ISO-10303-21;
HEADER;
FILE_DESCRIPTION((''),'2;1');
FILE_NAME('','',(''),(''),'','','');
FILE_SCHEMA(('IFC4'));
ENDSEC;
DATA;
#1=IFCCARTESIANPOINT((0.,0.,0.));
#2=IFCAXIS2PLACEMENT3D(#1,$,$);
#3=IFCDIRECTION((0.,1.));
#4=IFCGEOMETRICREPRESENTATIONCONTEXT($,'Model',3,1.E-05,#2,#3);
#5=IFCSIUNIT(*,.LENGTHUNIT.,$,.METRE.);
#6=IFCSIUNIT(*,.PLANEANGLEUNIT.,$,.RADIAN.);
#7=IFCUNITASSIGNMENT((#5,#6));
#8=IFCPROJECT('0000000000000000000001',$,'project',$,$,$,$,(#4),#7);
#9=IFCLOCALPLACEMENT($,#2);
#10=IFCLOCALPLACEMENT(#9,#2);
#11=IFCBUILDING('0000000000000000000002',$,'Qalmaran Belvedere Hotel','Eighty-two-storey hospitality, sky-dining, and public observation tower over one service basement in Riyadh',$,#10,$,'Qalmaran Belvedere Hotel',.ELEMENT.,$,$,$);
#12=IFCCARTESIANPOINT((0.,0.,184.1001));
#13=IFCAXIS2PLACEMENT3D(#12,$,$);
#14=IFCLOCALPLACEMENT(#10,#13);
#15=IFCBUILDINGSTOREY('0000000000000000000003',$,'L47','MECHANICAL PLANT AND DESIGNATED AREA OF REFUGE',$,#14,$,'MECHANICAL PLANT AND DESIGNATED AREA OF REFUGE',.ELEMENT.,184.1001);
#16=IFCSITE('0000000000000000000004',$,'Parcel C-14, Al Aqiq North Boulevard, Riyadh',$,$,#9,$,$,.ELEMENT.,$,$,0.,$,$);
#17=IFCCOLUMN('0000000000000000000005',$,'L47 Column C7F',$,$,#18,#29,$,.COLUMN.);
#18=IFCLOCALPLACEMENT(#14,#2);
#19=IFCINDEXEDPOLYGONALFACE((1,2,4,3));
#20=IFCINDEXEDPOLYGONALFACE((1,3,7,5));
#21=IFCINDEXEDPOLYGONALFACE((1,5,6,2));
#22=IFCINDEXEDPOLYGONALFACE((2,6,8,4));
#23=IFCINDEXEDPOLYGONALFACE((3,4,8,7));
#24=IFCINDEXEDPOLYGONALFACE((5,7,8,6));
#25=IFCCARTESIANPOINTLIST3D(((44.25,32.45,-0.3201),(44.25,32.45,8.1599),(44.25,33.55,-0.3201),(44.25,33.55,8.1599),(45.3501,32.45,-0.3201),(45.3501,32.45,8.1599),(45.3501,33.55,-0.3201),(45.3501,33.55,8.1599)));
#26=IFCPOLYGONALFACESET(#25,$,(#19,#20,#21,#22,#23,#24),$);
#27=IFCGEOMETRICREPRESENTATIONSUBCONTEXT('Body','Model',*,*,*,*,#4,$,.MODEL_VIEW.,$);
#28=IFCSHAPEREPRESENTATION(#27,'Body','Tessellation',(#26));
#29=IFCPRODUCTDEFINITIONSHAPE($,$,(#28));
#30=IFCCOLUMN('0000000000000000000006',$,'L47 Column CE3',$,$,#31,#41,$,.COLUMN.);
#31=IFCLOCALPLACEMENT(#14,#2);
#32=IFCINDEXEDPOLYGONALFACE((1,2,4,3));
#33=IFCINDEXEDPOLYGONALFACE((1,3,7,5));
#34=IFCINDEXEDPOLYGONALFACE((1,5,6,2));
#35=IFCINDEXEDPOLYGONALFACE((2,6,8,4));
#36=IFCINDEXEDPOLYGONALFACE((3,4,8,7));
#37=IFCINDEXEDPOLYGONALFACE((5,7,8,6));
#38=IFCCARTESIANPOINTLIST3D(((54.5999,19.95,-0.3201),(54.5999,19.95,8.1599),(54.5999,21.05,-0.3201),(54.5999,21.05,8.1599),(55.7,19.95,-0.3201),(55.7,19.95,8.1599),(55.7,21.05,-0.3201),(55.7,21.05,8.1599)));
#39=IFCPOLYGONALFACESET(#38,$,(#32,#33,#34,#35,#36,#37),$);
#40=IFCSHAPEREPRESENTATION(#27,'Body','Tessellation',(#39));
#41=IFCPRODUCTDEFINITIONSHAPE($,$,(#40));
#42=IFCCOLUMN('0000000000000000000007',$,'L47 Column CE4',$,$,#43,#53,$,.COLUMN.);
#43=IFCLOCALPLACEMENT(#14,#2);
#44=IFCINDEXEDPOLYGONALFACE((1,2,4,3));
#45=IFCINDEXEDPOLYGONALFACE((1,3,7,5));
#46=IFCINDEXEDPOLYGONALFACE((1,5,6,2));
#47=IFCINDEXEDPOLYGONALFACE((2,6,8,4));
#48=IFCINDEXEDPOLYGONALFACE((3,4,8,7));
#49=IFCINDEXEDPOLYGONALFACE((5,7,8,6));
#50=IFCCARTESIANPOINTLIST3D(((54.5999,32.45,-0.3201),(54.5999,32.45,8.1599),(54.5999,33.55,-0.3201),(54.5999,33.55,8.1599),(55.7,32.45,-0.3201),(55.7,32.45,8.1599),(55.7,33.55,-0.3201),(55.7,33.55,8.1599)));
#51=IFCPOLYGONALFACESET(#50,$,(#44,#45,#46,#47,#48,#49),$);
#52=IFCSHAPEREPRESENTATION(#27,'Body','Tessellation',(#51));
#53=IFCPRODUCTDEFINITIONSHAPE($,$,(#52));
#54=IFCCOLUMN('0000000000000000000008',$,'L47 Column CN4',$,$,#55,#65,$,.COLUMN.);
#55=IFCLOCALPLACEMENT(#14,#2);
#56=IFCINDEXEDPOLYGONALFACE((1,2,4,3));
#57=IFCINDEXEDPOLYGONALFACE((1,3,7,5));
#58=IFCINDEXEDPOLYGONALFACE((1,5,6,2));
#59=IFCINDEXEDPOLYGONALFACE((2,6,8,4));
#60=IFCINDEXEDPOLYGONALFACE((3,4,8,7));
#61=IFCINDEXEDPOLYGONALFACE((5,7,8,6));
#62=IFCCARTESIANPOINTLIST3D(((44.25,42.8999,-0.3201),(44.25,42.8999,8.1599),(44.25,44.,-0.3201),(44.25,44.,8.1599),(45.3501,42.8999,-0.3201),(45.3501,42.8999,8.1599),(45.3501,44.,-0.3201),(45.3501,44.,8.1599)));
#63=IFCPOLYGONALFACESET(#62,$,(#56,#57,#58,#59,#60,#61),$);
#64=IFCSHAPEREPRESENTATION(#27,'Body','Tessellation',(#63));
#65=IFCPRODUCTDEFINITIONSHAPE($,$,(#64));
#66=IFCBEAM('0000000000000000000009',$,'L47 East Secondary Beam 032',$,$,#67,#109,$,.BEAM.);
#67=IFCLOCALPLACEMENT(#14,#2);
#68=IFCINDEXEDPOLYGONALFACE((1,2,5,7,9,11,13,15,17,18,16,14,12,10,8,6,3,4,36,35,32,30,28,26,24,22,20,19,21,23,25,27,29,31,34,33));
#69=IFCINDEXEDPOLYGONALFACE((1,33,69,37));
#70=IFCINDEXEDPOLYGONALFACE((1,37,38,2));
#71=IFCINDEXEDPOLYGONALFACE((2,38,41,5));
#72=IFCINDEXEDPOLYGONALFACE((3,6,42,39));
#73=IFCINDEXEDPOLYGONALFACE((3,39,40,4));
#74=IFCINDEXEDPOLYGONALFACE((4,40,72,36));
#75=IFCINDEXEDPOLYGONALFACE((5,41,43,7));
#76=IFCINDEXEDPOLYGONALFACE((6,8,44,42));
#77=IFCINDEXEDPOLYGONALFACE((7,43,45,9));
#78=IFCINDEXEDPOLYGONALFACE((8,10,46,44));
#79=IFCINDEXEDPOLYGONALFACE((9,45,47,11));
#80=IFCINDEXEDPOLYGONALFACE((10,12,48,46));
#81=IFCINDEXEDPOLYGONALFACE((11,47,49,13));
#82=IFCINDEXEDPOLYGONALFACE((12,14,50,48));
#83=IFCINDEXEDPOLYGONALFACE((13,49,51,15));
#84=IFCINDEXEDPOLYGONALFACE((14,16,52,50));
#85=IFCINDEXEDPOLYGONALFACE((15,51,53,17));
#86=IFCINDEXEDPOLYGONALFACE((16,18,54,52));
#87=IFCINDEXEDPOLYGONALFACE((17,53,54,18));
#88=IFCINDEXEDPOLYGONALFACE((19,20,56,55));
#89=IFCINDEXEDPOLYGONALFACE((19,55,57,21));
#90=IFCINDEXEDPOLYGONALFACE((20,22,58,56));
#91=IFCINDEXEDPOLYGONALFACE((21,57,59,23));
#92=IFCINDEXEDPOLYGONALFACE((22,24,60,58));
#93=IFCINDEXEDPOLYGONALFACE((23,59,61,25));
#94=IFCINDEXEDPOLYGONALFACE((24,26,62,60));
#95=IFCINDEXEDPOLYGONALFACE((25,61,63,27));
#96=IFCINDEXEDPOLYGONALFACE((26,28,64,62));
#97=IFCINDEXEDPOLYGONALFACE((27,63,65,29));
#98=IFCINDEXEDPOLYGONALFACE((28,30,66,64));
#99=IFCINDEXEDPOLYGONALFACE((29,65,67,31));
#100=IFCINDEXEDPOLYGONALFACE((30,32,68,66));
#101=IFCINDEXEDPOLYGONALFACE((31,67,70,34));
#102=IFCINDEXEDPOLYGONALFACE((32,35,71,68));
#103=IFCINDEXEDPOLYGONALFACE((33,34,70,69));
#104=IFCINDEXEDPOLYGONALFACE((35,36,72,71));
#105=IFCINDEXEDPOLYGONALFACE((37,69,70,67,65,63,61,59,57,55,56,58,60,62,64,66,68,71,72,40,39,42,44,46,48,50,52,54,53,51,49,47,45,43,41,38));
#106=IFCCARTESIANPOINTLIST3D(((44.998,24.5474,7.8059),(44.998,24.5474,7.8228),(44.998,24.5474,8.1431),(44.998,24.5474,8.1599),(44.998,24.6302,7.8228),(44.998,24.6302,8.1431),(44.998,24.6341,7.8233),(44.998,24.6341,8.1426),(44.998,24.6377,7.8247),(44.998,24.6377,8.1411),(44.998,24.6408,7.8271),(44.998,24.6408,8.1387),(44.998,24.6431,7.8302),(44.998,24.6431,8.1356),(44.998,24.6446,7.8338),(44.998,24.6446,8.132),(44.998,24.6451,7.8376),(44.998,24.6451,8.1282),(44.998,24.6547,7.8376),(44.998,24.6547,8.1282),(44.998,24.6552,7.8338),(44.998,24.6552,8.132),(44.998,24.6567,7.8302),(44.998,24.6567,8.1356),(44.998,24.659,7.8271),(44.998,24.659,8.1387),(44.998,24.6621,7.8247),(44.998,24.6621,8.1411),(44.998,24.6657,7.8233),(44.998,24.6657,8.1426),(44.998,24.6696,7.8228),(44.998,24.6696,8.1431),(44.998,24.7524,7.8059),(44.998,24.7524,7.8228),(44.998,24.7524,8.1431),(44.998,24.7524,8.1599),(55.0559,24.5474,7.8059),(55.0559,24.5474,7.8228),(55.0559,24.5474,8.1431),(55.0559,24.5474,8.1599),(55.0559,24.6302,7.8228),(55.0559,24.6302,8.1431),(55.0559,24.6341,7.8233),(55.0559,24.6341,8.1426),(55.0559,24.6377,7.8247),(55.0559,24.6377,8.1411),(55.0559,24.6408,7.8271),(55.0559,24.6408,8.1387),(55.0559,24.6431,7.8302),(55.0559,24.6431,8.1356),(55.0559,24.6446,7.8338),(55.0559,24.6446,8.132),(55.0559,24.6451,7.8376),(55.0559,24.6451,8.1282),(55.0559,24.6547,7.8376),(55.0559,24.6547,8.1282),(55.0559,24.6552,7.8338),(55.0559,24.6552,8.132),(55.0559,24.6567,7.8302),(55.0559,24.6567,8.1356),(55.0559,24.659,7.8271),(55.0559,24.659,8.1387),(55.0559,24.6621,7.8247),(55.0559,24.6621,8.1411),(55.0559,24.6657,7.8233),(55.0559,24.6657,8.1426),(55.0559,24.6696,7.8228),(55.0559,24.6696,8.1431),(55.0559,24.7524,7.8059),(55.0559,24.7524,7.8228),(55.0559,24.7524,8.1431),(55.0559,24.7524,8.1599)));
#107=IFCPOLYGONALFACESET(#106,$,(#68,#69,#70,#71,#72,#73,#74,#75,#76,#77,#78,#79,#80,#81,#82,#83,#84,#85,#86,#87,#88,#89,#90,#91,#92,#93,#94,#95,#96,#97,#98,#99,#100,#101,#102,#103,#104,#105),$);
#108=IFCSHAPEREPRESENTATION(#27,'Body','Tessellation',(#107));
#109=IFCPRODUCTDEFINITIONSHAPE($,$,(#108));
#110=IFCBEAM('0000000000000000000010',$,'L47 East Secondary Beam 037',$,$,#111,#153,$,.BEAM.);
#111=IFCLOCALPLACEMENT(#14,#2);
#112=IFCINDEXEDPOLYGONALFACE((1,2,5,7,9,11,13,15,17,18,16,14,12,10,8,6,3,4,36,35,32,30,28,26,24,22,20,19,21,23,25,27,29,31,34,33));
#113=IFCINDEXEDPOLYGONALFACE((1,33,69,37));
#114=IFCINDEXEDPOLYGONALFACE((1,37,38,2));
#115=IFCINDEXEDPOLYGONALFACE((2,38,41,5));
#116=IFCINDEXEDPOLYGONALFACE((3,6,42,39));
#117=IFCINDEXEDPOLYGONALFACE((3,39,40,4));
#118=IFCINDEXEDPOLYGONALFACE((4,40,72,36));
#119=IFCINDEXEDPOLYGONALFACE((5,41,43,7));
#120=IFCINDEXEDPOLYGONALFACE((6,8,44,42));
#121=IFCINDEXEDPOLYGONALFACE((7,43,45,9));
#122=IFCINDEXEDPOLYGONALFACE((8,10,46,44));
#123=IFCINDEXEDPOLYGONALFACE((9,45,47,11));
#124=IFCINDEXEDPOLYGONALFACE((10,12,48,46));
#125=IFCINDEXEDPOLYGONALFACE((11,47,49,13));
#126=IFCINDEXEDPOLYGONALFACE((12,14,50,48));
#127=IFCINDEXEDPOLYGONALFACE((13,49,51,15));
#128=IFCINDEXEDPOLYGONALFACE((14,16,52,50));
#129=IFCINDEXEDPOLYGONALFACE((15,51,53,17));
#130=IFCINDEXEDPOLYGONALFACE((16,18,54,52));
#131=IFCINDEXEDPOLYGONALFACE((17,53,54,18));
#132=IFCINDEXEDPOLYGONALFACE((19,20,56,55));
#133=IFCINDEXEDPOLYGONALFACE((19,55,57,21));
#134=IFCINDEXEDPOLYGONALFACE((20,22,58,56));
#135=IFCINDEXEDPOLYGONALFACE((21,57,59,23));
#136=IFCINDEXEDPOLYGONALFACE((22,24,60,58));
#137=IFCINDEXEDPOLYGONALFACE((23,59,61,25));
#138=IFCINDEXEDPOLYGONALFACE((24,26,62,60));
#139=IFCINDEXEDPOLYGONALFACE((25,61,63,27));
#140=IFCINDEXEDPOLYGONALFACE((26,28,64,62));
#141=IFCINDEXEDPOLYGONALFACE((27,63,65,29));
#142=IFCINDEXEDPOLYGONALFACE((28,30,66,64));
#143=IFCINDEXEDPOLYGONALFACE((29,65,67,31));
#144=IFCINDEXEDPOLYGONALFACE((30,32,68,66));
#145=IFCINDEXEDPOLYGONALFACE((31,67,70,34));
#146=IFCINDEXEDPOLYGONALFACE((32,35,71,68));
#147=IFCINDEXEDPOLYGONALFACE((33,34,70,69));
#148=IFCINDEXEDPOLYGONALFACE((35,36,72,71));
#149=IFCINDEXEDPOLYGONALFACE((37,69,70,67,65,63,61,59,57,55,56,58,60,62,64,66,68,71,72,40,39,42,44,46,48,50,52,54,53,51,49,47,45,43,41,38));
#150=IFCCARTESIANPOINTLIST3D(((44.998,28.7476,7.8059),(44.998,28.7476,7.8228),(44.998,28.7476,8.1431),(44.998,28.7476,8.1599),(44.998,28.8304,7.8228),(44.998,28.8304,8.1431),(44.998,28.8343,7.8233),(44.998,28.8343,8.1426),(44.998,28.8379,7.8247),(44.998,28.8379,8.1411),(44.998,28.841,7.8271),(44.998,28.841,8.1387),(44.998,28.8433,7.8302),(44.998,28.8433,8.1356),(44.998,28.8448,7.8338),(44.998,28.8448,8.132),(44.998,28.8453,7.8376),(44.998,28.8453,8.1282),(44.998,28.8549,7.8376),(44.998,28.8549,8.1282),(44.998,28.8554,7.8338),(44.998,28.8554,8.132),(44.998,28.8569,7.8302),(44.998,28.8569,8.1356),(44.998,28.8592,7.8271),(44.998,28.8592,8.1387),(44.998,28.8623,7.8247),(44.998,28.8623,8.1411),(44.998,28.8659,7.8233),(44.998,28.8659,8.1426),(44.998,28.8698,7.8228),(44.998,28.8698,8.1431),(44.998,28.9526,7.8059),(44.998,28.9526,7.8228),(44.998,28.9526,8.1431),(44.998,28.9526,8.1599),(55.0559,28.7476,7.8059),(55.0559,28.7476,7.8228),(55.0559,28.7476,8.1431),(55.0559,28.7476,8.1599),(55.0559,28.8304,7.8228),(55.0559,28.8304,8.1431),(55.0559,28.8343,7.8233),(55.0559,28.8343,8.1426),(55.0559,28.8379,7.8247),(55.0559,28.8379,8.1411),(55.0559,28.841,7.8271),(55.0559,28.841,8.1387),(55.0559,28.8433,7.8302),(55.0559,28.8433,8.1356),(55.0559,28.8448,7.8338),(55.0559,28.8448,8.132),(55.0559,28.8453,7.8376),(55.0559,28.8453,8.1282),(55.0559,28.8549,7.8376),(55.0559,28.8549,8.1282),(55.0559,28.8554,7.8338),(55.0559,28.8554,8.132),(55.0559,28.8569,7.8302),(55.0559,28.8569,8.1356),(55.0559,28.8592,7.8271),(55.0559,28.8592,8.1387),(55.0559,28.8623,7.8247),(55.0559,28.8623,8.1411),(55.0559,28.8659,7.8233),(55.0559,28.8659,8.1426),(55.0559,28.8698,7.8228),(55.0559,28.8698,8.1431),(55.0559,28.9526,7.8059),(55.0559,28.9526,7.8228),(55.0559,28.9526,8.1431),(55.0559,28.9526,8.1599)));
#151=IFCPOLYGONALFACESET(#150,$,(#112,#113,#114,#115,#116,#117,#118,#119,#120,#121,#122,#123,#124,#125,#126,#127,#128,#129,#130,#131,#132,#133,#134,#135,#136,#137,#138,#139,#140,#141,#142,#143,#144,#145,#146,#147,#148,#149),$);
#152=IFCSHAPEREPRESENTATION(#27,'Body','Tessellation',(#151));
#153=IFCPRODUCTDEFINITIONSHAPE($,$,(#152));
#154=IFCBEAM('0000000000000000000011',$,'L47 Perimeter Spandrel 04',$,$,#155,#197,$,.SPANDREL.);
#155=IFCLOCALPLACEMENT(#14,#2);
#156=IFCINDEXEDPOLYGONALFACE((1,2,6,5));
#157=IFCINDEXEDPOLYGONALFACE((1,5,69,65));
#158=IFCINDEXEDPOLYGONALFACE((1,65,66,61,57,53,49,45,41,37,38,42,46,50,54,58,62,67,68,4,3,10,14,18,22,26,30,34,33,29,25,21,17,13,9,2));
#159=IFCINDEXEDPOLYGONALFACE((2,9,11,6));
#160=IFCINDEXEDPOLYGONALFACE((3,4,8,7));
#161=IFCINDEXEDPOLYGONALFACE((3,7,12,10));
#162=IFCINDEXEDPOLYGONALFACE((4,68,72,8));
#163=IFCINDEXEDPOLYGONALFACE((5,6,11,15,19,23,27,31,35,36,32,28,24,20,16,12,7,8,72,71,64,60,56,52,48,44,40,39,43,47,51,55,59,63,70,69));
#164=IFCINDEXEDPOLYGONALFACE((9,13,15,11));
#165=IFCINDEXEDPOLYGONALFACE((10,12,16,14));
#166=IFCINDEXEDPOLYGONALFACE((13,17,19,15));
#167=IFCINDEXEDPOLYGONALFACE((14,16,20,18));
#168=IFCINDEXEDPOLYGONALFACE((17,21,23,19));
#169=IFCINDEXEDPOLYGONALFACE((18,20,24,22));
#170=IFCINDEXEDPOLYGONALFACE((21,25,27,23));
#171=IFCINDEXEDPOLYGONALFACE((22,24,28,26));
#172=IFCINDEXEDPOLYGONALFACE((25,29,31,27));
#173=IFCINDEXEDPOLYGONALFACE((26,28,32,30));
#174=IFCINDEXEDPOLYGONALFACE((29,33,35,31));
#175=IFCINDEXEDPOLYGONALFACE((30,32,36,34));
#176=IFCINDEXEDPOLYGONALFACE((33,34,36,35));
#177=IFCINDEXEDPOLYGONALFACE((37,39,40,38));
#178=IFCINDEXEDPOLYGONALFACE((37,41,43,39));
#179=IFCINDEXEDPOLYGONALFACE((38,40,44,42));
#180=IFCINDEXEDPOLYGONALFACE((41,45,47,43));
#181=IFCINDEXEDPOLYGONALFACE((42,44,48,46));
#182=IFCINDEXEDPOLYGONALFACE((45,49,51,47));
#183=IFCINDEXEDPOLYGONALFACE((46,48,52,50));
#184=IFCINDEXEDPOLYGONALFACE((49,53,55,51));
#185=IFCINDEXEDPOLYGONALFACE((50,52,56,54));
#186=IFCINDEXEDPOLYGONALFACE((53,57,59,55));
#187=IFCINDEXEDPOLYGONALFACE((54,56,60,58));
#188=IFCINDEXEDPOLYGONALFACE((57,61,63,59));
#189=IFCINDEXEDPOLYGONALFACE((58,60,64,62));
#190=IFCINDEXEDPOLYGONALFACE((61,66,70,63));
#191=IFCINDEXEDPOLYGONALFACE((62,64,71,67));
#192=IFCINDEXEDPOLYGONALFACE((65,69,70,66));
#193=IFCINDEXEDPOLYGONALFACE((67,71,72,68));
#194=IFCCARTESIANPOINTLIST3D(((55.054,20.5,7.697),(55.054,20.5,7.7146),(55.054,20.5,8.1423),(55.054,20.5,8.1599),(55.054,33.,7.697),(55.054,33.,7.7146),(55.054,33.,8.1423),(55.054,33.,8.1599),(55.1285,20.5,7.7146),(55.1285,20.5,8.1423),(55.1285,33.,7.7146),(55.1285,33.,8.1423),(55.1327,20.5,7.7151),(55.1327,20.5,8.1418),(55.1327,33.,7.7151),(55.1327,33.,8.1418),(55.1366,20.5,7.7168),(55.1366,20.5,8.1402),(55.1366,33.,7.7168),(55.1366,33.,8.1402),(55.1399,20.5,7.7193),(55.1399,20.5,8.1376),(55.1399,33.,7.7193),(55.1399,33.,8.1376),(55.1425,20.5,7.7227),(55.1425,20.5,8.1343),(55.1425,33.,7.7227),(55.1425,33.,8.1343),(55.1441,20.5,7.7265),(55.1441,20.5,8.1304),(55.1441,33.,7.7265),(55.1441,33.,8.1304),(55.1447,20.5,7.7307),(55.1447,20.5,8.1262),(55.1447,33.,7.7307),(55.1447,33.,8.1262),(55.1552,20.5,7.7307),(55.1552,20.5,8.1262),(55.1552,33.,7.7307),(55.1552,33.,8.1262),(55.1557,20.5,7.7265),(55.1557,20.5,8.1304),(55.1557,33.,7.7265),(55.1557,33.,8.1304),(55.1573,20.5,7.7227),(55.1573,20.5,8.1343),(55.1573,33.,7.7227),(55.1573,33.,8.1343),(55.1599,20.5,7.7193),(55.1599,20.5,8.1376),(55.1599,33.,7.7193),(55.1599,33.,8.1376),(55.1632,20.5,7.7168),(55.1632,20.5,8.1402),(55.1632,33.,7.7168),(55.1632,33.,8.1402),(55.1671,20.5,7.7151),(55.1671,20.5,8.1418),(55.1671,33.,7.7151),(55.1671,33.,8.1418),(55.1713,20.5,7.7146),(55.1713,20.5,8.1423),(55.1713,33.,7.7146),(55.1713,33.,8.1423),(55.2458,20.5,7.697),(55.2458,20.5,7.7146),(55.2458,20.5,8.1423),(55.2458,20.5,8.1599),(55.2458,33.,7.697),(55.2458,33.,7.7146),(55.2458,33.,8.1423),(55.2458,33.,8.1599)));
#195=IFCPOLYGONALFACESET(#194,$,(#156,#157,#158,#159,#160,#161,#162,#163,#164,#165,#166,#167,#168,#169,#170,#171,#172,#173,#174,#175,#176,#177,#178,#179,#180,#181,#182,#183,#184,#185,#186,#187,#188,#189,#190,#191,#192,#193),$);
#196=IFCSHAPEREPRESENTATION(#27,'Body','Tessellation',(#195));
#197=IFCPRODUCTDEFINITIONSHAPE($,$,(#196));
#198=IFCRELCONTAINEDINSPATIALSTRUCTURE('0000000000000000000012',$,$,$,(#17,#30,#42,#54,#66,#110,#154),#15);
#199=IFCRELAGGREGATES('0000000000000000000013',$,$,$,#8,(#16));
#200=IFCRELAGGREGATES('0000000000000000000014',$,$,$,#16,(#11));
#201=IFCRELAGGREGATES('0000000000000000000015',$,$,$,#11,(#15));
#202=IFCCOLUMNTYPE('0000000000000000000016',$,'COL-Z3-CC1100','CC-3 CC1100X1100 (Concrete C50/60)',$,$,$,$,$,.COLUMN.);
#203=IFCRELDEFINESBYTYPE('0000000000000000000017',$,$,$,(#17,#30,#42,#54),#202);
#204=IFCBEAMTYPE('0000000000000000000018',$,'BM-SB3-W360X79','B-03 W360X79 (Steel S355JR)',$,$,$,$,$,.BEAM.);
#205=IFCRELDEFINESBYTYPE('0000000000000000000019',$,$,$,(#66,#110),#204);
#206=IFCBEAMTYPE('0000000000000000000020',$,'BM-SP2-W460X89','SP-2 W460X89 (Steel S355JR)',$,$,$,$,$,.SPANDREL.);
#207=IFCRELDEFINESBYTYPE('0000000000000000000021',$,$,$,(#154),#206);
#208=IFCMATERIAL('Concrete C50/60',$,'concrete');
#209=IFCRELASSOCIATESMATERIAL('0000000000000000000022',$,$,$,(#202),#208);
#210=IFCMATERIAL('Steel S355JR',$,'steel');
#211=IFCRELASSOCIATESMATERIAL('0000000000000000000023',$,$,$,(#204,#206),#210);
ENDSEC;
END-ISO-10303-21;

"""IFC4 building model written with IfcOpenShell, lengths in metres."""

from ifc_helpers import new_model, si_unit, direction, frame, origin, origin_2d, place, context, subcontext, project, spatial, rectangle, i_section, extrude, material, material_profile, profile_set, type_object, element, save


model = new_model("IFC4")

# Units and contexts
model_context = context("Model", 3, precision=1e-05, world=origin(), true_north=direction((0.0, 1.0)))
body_context = subcontext(model_context, "Body", "Model", "MODEL_VIEW")
ifc_project = project(units=[si_unit("LENGTHUNIT", "METRE"), si_unit("PLANEANGLEUNIT", "RADIAN")], contexts=[model_context])

# Site, building, storey
site_placement = place(None, origin())
site = spatial("IfcSite", under=ifc_project, at=site_placement, Name="Parcel C-14, Al Aqiq North Boulevard, Riyadh", CompositionType="ELEMENT", RefElevation=0.0)
building_placement = place(site_placement, origin())
building = spatial("IfcBuilding", under=site, at=building_placement, Name="Qalmaran Belvedere Hotel", Description="Eighty-two-storey hospitality, sky-dining, and public observation tower over one service basement in Riyadh", LongName="Qalmaran Belvedere Hotel", CompositionType="ELEMENT")
storey_placement = place(building_placement, frame((0.0, 0.0, 184.1001)))
storey = spatial("IfcBuildingStorey", under=building, at=storey_placement, Name="L47", Description="MECHANICAL PLANT AND DESIGNATED AREA OF REFUGE", LongName="MECHANICAL PLANT AND DESIGNATED AREA OF REFUGE", CompositionType="ELEMENT", Elevation=184.1001)

# Columns
ifc_material_1 = material(Name="Concrete C50/60", Category="concrete")
ifc_material_profile_1 = material_profile(ifc_material_1, rectangle(XDim=1.1001, YDim=1.1001, at=origin_2d()), Name="CC1100X1100")
ifc_profile_set_1 = profile_set([ifc_material_profile_1], Name="Concrete C50/60")
column_type = type_object("IfcColumnType", Name="COL-Z3-CC1100", Description="CC-3 CC1100X1100 (Concrete C50/60)", PredefinedType="COLUMN", material=ifc_profile_set_1)
for number, where, z_axis, x_axis, name in (
    (1, (44.8, 33.0, -0.3201), (0.0, 0.0, 1.0), (1.0, 0.0, 0.0), "L47 Column C7F"),
    (2, (55.1499, 20.5, -0.3201), (0.0, 0.0, 1.0), (1.0, 0.0, 0.0), "L47 Column CE3"),
    (3, (55.1499, 33.0, -0.3201), (0.0, 0.0, 1.0), (1.0, 0.0, 0.0), "L47 Column CE4"),
    (4, (44.8, 43.45, -0.3201), (0.0, 0.0, 1.0), (1.0, 0.0, 0.0), "L47 Column CN4"),
):
    element("IfcColumn", number, at=place(storey_placement, frame(where, z_axis=z_axis, x_axis=x_axis)), inside=storey, type_object=column_type, Name=name, PredefinedType="COLUMN", context=body_context, shape_type="SweptSolid", body=[
        extrude(rectangle(XDim=1.1001, YDim=1.1001, at=origin_2d()), origin(), (0.0, 0.0, 1.0), 8.48),
    ])

# Beams
ifc_material_2 = material(Name="Steel S355JR", Category="steel")
ifc_material_profile_2 = material_profile(ifc_material_2, i_section(OverallWidth=0.2051, OverallDepth=0.354, WebThickness=0.0095, FlangeThickness=0.0168, FilletRadius=0.0149, at=origin_2d()), Name="W360X79")
ifc_profile_set_2 = profile_set([ifc_material_profile_2], Name="Steel S355JR")
beam_type_1 = type_object("IfcBeamType", Name="BM-SB3-W360X79", Description="B-03 W360X79 (Steel S355JR)", PredefinedType="BEAM", material=ifc_profile_set_2)
for number, where, z_axis, x_axis, name in (
    (5, (44.998, 24.6499, 7.9829), (1.0, 0.0, 0.0), (0.0, 1.0, 0.0), "L47 East Secondary Beam 032"),
    (6, (44.998, 28.8501, 7.9829), (1.0, 0.0, 0.0), (0.0, 1.0, 0.0), "L47 East Secondary Beam 037"),
):
    element("IfcBeam", number, at=place(storey_placement, frame(where, z_axis=z_axis, x_axis=x_axis)), inside=storey, type_object=beam_type_1, Name=name, PredefinedType="BEAM", context=body_context, shape_type="SweptSolid", body=[
        extrude(i_section(OverallWidth=0.2051, OverallDepth=0.354, WebThickness=0.0095, FlangeThickness=0.0168, FilletRadius=0.0149, at=origin_2d()), origin(), (0.0, 0.0, 1.0), 10.0579),
    ])
ifc_material_profile_3 = material_profile(ifc_material_2, i_section(OverallWidth=0.1919, OverallDepth=0.4629, WebThickness=0.0105, FlangeThickness=0.0176, FilletRadius=0.0161, at=origin_2d()), Name="W460X89")
ifc_profile_set_3 = profile_set([ifc_material_profile_3], Name="Steel S355JR")
beam_type_2 = type_object("IfcBeamType", Name="BM-SP2-W460X89", Description="SP-2 W460X89 (Steel S355JR)", PredefinedType="SPANDREL", material=ifc_profile_set_3)
beam_1_placement = place(storey_placement, frame((55.1499, 20.5, 7.9285), z_axis=(0.0, 1.0, 0.0), x_axis=(-1.0, 0.0, 0.0)))
element("IfcBeam", 7, at=beam_1_placement, inside=storey, type_object=beam_type_2, Name="L47 Perimeter Spandrel 04", PredefinedType="SPANDREL", context=body_context, shape_type="SweptSolid", body=[
    extrude(i_section(OverallWidth=0.1919, OverallDepth=0.4629, WebThickness=0.0105, FlangeThickness=0.0176, FilletRadius=0.0161, at=origin_2d()), origin(), (0.0, 0.0, 1.0), 12.5),
])

save(model, "model.ifc")
